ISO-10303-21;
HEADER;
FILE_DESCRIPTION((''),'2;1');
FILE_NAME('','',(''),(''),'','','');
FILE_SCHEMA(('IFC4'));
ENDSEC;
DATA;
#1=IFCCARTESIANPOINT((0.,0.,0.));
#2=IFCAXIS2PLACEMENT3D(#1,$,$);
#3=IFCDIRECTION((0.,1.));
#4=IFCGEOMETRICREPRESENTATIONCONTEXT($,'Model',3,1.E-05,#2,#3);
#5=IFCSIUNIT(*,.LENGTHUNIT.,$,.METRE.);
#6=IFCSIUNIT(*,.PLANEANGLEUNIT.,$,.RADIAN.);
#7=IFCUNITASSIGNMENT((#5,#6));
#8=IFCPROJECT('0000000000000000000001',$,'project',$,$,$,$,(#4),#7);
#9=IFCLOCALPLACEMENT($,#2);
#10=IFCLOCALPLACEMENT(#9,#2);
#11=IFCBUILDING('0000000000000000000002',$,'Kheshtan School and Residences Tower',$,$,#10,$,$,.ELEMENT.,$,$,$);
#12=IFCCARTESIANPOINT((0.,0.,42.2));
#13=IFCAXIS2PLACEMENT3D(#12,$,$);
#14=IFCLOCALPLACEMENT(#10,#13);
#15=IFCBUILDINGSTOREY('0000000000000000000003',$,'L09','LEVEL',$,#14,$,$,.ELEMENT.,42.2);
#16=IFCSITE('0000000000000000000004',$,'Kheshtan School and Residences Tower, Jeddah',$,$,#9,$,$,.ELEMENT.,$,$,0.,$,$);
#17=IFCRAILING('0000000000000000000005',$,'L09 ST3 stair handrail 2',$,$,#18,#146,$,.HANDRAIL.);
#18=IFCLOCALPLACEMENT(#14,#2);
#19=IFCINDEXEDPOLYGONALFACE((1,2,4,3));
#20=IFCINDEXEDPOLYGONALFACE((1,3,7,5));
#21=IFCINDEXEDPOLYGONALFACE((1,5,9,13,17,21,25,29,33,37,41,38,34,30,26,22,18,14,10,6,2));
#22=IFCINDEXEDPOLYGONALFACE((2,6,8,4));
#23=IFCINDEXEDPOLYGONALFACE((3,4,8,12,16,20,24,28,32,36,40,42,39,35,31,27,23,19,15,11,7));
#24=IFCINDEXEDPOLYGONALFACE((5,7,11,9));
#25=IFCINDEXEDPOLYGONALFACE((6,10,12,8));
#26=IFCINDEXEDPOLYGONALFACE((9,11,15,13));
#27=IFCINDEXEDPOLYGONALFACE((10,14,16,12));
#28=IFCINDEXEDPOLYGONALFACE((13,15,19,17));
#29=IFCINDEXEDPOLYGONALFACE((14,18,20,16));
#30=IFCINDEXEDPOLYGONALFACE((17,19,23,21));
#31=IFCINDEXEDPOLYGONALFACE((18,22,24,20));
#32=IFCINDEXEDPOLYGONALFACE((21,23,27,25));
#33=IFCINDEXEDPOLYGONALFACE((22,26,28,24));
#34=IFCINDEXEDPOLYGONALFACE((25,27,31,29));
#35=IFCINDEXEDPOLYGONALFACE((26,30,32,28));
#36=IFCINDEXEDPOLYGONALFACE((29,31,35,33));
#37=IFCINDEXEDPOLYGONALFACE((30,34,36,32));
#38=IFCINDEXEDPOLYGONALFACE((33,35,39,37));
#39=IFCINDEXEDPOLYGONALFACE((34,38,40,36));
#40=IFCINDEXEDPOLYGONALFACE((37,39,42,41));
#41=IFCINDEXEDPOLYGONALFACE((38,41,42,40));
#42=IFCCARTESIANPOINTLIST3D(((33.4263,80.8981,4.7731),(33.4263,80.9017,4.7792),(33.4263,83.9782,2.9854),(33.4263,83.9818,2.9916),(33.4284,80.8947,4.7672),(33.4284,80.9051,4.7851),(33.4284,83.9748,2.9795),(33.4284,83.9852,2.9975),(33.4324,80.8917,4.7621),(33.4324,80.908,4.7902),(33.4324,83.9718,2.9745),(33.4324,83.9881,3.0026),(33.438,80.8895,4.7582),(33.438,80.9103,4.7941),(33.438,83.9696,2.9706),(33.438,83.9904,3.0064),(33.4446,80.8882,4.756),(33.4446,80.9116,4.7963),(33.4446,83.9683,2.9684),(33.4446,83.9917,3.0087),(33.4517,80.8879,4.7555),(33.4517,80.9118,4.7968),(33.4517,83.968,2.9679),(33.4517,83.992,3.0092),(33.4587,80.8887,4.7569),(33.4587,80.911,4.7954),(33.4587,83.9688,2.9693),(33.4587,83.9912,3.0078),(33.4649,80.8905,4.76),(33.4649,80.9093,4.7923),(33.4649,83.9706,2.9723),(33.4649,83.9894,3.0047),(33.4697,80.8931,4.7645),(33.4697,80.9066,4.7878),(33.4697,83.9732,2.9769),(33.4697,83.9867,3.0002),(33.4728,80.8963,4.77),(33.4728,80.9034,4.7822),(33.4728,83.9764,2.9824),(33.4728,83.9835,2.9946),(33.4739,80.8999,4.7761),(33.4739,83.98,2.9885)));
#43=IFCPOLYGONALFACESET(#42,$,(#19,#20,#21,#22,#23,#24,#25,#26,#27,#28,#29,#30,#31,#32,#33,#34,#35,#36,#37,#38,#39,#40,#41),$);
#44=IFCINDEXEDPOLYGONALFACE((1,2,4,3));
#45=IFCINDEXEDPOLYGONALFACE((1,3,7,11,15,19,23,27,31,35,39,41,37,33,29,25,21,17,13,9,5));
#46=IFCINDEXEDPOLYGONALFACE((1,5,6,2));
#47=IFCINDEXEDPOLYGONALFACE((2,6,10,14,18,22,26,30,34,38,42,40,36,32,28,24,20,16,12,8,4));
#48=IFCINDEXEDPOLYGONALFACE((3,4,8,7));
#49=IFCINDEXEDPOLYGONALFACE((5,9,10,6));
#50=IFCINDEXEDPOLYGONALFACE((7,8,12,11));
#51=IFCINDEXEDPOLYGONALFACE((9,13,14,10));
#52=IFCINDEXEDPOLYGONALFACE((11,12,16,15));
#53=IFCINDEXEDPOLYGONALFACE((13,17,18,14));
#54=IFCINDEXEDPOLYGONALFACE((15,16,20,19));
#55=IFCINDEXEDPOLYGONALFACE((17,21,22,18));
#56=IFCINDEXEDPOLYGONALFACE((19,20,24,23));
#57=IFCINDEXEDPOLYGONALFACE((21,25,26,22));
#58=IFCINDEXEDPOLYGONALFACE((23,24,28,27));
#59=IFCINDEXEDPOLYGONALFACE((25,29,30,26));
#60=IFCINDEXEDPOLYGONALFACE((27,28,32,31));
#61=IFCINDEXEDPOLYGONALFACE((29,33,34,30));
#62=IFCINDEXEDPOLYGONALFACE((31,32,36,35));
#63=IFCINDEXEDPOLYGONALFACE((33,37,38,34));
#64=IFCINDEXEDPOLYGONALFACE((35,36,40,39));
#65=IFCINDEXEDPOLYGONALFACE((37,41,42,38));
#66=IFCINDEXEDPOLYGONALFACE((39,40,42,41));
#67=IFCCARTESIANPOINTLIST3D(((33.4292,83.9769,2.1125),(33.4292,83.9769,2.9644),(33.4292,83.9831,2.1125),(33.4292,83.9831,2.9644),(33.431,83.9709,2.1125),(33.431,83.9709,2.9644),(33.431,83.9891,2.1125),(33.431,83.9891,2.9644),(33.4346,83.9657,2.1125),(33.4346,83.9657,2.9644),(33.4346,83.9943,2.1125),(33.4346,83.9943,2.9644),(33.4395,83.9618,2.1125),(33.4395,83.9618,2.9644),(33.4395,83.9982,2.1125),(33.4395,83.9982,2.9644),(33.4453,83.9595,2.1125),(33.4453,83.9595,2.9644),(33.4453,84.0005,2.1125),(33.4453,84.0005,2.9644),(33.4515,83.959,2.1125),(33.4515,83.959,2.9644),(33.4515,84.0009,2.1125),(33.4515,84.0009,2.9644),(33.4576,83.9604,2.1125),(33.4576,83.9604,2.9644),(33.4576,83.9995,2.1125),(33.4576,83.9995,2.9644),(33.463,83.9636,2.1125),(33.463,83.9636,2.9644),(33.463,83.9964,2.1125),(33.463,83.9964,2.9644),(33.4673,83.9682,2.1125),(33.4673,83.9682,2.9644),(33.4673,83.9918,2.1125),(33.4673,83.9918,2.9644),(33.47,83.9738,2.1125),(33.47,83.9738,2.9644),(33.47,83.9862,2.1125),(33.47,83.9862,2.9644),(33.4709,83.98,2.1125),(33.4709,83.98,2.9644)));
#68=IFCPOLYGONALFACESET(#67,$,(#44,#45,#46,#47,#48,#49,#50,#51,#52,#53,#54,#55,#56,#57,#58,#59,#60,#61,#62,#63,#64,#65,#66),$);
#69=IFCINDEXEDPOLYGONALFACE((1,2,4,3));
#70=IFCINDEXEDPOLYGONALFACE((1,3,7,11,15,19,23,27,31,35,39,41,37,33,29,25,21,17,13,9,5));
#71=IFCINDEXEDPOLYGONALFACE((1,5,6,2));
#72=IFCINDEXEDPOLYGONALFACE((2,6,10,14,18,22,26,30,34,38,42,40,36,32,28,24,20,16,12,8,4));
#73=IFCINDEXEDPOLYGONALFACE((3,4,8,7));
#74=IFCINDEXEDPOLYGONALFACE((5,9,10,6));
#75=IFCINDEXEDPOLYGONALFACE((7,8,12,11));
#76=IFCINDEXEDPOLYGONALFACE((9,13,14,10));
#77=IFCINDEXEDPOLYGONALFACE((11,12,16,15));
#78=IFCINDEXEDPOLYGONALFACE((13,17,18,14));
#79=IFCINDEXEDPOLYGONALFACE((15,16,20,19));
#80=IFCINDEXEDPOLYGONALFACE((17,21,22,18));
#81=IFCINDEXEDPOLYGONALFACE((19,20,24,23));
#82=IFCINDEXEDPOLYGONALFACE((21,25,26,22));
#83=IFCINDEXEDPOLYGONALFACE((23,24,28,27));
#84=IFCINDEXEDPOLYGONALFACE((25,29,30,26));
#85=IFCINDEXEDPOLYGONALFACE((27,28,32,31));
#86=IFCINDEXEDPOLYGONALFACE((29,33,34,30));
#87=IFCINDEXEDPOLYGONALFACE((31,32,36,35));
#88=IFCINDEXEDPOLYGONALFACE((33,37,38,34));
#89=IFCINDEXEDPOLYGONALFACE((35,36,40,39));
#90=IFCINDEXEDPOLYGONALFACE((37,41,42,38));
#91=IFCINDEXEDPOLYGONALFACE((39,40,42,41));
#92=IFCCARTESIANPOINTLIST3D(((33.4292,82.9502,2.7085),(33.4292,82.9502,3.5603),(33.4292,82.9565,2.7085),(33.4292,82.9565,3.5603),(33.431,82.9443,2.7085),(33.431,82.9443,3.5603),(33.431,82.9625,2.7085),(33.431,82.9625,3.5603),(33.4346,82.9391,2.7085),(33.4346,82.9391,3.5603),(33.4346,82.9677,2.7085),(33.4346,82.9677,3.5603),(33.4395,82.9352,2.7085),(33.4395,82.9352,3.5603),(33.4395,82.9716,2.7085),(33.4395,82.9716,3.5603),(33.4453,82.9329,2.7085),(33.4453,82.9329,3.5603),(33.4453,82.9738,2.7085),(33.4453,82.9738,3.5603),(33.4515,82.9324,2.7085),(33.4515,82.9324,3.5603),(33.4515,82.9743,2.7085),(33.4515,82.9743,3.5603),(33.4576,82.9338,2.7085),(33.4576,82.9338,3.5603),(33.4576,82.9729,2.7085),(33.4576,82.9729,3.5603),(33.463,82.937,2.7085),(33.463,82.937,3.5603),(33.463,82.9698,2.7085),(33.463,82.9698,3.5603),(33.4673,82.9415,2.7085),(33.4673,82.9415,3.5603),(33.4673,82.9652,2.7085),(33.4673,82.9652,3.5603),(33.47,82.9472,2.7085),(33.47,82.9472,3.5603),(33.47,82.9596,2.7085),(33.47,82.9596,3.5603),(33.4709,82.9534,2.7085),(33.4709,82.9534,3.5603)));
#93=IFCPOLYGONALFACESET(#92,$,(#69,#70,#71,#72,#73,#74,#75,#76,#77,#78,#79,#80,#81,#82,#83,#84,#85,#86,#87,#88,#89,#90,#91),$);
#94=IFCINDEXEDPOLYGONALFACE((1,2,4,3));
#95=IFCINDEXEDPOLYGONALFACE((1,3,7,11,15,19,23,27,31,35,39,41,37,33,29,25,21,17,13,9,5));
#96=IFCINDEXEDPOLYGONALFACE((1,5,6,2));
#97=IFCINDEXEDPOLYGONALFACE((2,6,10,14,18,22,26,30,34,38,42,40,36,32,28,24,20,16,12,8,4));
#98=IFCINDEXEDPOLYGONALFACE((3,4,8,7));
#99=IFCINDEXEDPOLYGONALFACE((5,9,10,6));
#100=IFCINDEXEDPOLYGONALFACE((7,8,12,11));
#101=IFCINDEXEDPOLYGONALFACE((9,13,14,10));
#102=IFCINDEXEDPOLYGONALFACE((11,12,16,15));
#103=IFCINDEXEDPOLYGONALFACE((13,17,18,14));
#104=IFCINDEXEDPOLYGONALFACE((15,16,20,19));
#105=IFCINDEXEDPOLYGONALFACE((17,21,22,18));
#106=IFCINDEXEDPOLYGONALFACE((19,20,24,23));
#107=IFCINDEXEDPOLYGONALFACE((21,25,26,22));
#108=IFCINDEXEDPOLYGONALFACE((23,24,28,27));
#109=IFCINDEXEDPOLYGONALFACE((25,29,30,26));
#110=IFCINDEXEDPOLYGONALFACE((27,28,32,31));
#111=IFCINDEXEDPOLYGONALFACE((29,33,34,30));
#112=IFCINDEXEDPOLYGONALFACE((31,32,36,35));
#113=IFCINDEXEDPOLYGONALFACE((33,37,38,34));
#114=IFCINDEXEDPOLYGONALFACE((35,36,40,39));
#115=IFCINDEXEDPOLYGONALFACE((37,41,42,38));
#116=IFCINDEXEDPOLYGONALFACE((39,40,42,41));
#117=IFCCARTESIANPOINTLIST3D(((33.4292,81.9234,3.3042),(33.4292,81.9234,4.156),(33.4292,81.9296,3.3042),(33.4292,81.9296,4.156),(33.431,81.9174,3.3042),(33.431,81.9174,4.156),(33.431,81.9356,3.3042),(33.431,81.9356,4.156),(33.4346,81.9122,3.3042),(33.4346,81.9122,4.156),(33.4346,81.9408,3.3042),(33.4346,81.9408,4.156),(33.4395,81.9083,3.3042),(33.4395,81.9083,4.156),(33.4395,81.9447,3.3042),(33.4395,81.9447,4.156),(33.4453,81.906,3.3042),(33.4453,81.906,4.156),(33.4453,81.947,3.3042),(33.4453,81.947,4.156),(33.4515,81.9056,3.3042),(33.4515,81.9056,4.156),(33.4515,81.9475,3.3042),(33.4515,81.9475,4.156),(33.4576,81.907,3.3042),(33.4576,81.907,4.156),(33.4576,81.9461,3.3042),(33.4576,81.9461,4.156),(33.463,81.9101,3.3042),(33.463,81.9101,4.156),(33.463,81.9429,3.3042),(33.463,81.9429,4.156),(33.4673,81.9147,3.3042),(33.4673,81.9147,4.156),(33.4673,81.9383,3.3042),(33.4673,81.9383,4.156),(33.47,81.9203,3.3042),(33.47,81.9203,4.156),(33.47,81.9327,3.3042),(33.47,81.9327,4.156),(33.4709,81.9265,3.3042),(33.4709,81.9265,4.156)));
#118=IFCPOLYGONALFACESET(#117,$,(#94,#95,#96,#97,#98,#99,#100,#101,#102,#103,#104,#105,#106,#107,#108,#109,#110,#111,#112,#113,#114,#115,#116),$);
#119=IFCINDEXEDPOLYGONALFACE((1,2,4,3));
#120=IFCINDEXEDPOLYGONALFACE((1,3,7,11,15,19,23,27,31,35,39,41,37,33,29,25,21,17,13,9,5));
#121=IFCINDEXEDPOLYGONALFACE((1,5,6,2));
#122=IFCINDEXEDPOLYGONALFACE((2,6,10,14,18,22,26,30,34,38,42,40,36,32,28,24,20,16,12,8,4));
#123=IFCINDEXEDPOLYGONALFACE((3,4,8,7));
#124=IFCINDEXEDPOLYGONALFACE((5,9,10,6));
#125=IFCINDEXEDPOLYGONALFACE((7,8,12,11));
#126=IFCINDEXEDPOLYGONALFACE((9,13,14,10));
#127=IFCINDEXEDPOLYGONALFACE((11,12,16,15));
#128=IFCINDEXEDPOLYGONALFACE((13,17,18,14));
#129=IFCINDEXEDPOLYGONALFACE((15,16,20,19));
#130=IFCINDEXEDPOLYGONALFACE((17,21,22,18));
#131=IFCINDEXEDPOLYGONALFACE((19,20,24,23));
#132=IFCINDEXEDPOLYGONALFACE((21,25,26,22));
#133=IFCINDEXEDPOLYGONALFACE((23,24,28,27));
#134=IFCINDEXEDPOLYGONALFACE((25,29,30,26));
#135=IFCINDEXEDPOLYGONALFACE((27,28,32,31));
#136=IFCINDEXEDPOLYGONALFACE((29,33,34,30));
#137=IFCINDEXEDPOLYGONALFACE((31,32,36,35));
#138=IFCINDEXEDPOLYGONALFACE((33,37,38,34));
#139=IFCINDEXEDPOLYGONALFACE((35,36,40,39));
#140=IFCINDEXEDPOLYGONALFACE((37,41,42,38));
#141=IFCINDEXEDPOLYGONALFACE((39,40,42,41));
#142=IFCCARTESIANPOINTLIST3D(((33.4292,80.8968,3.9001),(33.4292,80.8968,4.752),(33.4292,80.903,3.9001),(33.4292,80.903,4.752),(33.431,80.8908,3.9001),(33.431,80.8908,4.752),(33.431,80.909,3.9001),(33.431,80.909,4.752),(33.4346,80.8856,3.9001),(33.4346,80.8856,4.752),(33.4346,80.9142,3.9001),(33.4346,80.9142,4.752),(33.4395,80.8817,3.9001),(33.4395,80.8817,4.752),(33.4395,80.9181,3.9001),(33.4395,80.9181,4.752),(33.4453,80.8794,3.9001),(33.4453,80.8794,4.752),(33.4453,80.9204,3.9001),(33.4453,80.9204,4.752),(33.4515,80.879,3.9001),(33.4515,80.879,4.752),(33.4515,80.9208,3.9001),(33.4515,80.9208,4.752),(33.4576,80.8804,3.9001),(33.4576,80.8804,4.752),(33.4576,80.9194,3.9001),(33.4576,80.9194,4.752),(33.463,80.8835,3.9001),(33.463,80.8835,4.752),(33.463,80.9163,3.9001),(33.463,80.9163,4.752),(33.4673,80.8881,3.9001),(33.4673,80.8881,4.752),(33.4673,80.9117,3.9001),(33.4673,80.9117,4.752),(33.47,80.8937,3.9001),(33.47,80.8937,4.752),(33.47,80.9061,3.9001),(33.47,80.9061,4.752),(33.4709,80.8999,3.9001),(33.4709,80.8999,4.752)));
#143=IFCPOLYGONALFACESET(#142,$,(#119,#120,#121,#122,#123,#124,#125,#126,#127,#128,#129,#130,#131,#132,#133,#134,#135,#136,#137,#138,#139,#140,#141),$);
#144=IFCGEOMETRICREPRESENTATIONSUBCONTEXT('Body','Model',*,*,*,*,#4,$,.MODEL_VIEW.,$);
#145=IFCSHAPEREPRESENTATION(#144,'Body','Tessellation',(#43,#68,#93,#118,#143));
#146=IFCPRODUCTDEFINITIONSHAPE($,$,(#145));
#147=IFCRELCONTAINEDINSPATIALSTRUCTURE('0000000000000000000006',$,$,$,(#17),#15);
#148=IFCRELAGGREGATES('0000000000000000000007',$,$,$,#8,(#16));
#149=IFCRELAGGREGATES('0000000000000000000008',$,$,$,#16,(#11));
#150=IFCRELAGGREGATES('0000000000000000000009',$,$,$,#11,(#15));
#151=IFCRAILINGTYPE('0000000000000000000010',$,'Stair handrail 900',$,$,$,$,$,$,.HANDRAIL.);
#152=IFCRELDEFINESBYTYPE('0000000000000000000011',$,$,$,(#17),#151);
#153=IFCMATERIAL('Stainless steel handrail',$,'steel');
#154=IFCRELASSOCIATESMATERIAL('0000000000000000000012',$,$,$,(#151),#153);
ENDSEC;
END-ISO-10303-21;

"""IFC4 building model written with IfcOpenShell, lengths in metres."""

from ifc_helpers import new_model, si_unit, direction, frame, origin, origin_2d, place, context, subcontext, project, spatial, circle, extrude, material, type_object, element, save


model = new_model("IFC4")

# Units and contexts
model_context = context("Model", 3, precision=1e-05, world=origin(), true_north=direction((0.0, 1.0)))
body_context = subcontext(model_context, "Body", "Model", "MODEL_VIEW")
ifc_project = project(units=[si_unit("LENGTHUNIT", "METRE"), si_unit("PLANEANGLEUNIT", "RADIAN")], contexts=[model_context])

# Site, building, storey
site_placement = place(None, origin())
site = spatial("IfcSite", under=ifc_project, at=site_placement, Name="Kheshtan School and Residences Tower, Jeddah", CompositionType="ELEMENT", RefElevation=0.0)
building_placement = place(site_placement, origin())
building = spatial("IfcBuilding", under=site, at=building_placement, Name="Kheshtan School and Residences Tower", CompositionType="ELEMENT")
storey_placement = place(building_placement, frame((0.0, 0.0, 42.2)))
storey = spatial("IfcBuildingStorey", under=building, at=storey_placement, Name="L09", Description="LEVEL", CompositionType="ELEMENT", Elevation=42.2)

# Railing
ifc_material_1 = material(Name="Stainless steel handrail", Category="steel")
railing_type_1 = type_object("IfcRailingType", Name="Stair handrail 900", PredefinedType="HANDRAIL", material=ifc_material_1)
railing_1_placement = place(storey_placement, frame((33.45, 83.98, 2.1125)))
element("IfcRailing", 1, at=railing_1_placement, inside=storey, type_object=railing_type_1, Name="L09 ST3 stair handrail 2", PredefinedType="HANDRAIL", context=body_context, shape_type="SweptSolid", body=[
    extrude(circle(Radius=0.0239, at=origin_2d()), frame((0.0, 0.0, 0.876), z_axis=(0.0, -0.864891, 0.50196), x_axis=(1.0, 0.0, 0.0)), (0.0, 0.0, 1.0), 3.5613),
    extrude(circle(Radius=0.021, at=origin_2d()), origin(), (0.0, 0.0, 1.0), 0.8518),
    extrude(circle(Radius=0.021, at=origin_2d()), frame((0.0, -1.0266, 0.5959)), (0.0, 0.0, 1.0), 0.8518),
    extrude(circle(Radius=0.021, at=origin_2d()), frame((0.0, -2.0535, 1.1917)), (0.0, 0.0, 1.0), 0.8518),
    extrude(circle(Radius=0.021, at=origin_2d()), frame((0.0, -3.0801, 1.7876)), (0.0, 0.0, 1.0), 0.8518),
])

save(model, "model.ifc")
